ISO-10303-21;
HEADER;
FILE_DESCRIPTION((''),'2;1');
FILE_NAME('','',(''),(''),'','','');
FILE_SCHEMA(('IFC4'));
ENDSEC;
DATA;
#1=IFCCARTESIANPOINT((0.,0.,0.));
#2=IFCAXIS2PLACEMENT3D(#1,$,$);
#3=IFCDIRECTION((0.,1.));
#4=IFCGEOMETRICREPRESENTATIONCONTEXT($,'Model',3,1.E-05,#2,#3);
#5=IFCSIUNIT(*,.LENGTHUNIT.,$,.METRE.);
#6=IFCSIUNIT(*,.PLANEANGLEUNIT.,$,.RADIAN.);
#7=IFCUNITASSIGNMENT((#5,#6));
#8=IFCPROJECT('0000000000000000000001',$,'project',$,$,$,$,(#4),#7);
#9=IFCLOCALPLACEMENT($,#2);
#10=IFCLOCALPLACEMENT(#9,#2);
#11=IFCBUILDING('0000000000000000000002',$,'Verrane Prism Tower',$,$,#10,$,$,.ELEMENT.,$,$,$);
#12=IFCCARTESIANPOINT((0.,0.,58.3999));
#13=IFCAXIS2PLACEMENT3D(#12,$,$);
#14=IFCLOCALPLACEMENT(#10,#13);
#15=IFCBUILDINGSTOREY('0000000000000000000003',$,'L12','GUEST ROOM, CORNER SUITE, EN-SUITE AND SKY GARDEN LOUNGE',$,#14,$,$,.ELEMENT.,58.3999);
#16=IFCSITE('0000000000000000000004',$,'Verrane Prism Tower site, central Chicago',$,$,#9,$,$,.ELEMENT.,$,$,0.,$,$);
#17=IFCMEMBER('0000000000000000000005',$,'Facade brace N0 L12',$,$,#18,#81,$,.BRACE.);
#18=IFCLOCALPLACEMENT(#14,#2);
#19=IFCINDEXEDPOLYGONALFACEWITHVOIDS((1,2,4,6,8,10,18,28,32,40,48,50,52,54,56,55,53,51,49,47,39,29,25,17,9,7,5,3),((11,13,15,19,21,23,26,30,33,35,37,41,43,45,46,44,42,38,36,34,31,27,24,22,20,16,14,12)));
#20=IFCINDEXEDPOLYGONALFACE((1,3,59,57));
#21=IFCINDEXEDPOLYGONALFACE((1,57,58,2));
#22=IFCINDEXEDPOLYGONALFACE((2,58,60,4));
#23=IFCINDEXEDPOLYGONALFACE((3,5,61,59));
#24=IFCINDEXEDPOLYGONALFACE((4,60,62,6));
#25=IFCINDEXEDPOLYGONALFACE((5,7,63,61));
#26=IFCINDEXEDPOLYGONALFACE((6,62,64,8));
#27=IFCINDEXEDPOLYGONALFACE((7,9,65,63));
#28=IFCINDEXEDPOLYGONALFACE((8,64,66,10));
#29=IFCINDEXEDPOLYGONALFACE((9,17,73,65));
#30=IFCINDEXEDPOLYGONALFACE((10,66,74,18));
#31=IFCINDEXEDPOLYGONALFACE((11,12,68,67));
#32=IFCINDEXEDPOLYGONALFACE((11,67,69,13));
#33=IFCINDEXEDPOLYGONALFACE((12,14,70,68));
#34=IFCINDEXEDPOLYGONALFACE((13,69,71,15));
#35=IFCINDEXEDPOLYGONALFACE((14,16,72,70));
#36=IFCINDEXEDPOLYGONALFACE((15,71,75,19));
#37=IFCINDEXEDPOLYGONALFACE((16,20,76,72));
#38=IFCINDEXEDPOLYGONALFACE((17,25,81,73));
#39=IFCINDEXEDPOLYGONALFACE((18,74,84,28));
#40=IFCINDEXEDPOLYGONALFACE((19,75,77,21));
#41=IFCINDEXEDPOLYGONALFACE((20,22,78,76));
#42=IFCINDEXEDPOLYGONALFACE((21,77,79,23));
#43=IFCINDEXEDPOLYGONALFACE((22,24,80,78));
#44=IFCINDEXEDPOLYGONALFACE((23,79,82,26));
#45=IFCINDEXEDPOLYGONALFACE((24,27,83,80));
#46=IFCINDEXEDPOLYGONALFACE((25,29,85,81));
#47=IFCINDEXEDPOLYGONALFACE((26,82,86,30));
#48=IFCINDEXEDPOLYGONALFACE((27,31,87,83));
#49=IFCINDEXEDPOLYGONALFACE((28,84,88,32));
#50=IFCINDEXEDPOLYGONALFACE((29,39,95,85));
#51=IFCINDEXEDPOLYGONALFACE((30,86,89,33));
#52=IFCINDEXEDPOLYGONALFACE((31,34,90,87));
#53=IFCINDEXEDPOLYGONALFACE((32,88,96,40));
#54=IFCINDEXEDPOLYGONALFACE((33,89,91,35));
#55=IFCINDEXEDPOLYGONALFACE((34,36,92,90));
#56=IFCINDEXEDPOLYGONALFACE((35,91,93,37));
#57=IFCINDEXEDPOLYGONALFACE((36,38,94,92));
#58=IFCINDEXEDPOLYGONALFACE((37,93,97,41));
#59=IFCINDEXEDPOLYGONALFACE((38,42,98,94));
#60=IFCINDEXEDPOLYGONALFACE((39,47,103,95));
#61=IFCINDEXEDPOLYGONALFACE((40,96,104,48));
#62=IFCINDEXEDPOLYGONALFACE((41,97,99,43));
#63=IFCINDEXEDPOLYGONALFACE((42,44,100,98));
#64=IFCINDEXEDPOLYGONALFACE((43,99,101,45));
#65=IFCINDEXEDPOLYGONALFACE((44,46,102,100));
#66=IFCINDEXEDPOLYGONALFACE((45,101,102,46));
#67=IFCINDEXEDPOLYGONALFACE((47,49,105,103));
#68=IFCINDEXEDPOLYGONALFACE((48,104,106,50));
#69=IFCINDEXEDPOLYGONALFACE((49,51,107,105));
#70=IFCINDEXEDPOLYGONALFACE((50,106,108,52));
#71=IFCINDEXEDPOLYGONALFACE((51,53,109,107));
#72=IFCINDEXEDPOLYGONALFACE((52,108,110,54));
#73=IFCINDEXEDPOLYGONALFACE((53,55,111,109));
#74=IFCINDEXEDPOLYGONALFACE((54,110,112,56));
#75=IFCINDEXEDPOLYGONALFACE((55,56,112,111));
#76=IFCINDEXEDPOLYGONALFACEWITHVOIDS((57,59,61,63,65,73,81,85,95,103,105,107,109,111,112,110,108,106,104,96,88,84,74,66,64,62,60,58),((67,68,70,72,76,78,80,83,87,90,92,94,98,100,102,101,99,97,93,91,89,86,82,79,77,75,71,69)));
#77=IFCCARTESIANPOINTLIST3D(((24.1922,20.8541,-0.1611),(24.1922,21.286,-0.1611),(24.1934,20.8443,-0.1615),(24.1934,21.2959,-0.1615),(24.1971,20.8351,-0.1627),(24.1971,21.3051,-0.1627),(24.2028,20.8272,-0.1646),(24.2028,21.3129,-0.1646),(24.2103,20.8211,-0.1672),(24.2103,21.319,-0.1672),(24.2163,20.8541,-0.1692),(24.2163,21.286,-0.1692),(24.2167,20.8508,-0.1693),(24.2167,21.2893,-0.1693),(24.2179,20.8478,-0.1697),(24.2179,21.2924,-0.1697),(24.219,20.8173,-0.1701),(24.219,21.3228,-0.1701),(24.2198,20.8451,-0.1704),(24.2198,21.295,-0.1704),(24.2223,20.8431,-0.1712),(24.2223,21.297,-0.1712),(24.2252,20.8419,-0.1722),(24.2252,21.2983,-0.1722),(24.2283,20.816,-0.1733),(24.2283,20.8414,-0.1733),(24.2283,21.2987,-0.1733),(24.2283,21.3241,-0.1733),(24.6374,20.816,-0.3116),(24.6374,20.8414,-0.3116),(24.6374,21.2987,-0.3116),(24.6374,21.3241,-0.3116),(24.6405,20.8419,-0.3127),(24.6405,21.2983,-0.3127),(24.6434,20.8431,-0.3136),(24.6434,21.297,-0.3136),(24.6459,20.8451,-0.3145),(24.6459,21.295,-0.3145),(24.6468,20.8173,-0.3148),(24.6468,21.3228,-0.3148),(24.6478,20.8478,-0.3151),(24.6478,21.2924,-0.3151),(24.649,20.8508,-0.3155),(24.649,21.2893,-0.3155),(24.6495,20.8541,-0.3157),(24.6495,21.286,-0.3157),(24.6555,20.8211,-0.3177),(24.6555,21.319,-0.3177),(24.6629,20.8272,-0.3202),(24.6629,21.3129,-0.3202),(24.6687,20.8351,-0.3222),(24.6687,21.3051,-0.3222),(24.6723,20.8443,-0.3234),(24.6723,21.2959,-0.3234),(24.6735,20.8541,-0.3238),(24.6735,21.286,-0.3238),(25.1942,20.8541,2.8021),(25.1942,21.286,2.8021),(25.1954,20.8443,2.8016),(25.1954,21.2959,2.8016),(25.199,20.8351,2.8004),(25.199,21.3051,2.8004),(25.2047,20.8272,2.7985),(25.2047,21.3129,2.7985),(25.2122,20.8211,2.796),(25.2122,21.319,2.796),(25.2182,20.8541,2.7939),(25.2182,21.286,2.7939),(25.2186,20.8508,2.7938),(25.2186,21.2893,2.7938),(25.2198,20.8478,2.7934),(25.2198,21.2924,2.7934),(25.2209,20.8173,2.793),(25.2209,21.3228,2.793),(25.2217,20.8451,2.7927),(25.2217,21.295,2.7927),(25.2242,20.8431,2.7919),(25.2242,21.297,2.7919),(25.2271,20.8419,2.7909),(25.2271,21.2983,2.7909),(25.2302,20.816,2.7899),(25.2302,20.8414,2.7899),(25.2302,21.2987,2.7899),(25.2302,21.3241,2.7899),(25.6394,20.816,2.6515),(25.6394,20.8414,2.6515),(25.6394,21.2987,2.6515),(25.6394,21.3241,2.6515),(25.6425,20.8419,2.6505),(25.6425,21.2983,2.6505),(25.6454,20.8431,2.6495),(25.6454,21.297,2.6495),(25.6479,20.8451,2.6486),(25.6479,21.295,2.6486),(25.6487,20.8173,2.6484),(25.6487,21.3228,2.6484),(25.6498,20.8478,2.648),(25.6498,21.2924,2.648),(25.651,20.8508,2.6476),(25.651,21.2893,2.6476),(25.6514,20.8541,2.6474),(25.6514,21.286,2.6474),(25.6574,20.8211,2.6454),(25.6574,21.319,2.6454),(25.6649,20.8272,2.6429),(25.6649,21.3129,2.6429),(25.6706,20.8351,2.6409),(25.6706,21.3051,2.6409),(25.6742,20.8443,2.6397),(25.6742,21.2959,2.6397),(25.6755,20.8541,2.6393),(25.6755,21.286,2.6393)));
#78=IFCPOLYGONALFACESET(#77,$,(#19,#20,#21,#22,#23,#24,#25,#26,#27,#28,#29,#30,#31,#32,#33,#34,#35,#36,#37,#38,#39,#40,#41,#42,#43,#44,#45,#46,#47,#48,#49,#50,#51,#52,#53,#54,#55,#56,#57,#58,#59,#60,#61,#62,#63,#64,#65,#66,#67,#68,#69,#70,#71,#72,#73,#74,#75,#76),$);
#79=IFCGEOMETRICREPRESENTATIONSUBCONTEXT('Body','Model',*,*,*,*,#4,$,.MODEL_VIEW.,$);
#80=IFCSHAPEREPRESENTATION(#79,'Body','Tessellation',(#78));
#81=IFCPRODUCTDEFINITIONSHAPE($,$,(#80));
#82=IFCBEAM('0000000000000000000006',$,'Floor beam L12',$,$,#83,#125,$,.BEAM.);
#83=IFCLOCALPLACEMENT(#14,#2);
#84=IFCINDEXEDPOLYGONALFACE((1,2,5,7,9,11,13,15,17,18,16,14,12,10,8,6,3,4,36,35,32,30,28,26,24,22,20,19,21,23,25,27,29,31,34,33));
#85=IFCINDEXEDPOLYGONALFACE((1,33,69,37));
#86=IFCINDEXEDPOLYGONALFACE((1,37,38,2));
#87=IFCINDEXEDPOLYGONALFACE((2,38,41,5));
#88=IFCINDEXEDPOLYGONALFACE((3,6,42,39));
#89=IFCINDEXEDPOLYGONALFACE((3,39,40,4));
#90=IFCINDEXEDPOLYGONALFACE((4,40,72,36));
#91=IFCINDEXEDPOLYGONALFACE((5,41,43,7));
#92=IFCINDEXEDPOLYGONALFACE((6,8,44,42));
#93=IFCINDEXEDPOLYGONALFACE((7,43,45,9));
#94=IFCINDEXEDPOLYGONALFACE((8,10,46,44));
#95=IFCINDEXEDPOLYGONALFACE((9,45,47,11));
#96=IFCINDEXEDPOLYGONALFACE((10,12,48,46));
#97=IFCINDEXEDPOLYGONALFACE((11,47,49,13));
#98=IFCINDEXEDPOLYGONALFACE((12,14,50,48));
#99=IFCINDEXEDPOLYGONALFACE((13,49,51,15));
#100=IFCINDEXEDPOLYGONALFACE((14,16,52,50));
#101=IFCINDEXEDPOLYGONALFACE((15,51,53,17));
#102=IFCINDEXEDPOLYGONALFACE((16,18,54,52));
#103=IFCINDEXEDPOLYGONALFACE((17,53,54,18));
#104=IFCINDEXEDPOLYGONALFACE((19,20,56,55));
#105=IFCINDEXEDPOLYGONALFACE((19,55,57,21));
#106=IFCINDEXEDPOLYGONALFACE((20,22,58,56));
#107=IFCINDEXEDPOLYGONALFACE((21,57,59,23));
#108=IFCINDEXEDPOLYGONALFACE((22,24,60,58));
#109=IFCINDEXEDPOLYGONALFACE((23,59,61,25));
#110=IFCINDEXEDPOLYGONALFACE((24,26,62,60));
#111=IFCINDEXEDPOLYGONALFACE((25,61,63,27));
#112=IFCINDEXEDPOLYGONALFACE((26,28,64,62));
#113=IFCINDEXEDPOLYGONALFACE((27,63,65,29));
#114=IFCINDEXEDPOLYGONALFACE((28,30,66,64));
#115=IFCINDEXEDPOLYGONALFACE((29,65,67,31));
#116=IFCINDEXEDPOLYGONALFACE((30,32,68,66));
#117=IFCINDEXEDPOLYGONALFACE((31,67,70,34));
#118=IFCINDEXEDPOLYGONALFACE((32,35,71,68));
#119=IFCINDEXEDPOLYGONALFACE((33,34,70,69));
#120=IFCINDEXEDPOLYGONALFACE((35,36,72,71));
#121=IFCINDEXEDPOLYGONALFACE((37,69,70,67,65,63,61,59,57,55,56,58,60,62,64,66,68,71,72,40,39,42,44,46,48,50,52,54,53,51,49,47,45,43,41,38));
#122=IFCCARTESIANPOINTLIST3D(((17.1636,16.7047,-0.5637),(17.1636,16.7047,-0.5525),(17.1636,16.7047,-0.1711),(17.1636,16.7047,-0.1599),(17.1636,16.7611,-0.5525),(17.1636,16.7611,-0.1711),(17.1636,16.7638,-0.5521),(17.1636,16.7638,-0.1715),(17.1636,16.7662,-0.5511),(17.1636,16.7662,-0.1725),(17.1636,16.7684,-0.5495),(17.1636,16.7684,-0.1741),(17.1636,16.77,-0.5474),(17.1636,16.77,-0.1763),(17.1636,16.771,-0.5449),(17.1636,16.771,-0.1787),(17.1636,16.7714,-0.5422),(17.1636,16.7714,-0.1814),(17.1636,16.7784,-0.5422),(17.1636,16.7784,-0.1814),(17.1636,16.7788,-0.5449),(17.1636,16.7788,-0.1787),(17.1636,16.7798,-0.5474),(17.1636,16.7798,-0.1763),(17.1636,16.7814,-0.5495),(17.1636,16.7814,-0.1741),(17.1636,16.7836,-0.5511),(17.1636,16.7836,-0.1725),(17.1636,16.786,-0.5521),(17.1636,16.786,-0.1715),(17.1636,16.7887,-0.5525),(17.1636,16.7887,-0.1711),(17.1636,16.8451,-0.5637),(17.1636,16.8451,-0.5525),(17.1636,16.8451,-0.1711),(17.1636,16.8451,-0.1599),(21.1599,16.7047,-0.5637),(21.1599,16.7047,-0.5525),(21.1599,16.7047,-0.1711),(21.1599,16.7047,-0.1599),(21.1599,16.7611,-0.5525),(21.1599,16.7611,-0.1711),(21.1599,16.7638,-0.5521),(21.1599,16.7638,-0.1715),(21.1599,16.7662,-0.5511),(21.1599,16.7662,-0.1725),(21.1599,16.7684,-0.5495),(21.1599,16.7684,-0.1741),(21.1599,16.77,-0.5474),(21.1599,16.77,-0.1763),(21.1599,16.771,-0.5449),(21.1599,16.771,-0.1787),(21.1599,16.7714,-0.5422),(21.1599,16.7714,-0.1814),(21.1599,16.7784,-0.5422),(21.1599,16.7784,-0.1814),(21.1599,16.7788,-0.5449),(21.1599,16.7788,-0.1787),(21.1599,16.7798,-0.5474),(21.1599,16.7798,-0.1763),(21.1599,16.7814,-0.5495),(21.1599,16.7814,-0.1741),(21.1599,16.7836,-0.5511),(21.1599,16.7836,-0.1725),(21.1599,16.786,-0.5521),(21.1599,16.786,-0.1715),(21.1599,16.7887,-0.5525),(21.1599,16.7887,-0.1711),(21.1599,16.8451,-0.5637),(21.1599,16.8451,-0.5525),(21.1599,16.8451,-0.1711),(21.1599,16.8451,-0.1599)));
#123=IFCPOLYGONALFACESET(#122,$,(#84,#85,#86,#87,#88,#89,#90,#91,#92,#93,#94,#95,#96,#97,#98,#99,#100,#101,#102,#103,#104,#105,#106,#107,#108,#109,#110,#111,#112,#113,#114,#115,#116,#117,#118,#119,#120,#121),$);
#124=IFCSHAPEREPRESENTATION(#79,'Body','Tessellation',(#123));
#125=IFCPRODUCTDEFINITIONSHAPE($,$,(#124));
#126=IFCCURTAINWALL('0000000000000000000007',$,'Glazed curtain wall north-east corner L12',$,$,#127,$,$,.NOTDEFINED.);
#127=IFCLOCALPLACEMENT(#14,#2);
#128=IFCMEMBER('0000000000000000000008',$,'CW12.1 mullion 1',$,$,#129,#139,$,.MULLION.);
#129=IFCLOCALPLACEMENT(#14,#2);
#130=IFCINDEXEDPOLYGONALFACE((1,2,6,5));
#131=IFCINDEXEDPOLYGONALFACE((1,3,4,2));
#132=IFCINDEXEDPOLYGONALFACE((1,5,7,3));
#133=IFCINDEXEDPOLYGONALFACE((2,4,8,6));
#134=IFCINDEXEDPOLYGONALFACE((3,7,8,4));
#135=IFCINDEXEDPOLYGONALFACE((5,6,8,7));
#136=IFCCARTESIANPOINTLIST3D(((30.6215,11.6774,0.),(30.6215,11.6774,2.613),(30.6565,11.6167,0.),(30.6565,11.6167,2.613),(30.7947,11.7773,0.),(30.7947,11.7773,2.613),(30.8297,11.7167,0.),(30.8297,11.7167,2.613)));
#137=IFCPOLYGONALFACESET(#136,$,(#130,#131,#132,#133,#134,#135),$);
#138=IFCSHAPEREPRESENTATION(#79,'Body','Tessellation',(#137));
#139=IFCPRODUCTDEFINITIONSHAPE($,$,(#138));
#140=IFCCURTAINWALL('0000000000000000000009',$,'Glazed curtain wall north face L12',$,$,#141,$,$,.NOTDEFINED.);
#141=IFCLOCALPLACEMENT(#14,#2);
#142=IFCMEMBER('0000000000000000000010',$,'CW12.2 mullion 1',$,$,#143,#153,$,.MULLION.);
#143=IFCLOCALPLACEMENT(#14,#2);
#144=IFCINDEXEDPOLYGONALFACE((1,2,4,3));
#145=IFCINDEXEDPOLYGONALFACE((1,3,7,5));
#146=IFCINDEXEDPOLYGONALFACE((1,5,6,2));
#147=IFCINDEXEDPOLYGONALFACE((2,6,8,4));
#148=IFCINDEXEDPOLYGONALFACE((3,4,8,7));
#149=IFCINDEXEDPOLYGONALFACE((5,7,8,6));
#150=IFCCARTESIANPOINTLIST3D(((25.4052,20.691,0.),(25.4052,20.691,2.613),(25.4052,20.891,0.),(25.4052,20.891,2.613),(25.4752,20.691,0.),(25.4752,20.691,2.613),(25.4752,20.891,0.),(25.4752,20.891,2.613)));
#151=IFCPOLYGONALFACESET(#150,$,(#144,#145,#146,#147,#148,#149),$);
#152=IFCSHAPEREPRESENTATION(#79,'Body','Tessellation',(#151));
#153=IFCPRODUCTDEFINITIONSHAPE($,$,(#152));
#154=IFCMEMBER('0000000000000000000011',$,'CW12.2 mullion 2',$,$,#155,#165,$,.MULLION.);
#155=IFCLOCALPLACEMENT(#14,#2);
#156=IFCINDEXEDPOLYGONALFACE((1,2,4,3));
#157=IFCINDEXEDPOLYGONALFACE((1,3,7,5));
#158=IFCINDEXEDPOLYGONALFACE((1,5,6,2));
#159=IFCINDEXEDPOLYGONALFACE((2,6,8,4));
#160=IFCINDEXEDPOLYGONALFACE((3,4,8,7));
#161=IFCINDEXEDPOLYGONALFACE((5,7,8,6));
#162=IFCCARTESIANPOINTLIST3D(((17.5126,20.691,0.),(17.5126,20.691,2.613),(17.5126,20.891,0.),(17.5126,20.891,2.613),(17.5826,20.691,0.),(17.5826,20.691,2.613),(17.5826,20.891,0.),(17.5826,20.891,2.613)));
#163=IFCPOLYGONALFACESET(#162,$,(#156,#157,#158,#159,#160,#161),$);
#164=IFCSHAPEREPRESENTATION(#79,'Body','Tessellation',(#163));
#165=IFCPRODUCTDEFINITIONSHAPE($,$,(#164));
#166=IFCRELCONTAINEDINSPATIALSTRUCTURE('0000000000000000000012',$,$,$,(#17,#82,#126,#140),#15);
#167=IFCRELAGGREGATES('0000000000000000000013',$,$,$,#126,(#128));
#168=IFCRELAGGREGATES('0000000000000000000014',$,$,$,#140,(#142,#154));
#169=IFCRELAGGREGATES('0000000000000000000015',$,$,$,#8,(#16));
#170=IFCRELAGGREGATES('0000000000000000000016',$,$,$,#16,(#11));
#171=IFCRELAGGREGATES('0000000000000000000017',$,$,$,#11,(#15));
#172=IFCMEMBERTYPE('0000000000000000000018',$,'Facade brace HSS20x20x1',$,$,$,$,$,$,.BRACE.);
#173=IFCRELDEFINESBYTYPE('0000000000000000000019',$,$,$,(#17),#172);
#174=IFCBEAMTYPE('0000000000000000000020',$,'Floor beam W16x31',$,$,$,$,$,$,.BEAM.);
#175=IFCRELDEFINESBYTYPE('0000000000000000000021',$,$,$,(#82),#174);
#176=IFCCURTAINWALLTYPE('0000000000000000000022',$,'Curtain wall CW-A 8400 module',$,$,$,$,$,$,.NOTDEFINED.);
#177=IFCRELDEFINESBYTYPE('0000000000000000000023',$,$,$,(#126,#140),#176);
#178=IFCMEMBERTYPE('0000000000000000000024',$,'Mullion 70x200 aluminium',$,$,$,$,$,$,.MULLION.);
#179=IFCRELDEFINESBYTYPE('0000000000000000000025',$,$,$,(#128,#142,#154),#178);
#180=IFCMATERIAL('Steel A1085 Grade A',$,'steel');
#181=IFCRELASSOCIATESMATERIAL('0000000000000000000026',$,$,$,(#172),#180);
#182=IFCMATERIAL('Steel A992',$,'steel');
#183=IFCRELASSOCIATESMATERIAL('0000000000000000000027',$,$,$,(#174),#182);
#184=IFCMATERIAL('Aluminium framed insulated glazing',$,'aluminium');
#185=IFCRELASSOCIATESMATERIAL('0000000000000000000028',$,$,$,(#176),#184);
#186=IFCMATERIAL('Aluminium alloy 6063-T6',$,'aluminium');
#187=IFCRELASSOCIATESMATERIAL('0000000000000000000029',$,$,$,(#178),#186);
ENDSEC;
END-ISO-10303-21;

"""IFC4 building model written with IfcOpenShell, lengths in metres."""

from ifc_helpers import new_model, si_unit, direction, frame, origin, origin_2d, place, context, subcontext, project, spatial, rectangle, hollow_rectangle, i_section, extrude, material, material_profile, profile_set, type_object, element, aggregate, save


model = new_model("IFC4")

# Units and contexts
model_context = context("Model", 3, precision=1e-05, world=origin(), true_north=direction((0.0, 1.0)))
body_context = subcontext(model_context, "Body", "Model", "MODEL_VIEW")
ifc_project = project(units=[si_unit("LENGTHUNIT", "METRE"), si_unit("PLANEANGLEUNIT", "RADIAN")], contexts=[model_context])

# Site, building, storey
site_placement = place(None, origin())
site = spatial("IfcSite", under=ifc_project, at=site_placement, Name="Verrane Prism Tower site, central Chicago", CompositionType="ELEMENT", RefElevation=0.0)
building_placement = place(site_placement, origin())
building = spatial("IfcBuilding", under=site, at=building_placement, Name="Verrane Prism Tower", CompositionType="ELEMENT")
storey_placement = place(building_placement, frame((0.0, 0.0, 58.3999)))
storey = spatial("IfcBuildingStorey", under=building, at=storey_placement, Name="L12", Description="GUEST ROOM, CORNER SUITE, EN-SUITE AND SKY GARDEN LOUNGE", CompositionType="ELEMENT", Elevation=58.3999)

# Member
ifc_material_1 = material(Name="Steel A1085 Grade A", Category="steel")
ifc_material_profile_1 = material_profile(ifc_material_1, hollow_rectangle(XDim=0.5081, YDim=0.5081, WallThickness=0.0254, InnerFilletRadius=0.0127, OuterFilletRadius=0.0381, at=origin_2d()), Name="HSS20x20x1")
ifc_profile_set_1 = profile_set([ifc_material_profile_1], Name="Steel A1085 Grade A")
member_type_1 = type_object("IfcMemberType", Name="Facade brace HSS20x20x1", PredefinedType="BRACE", material=ifc_profile_set_1)
member_1_placement = place(storey_placement, frame((24.4329, 21.0701, -0.2424), z_axis=(0.320323, 0.0, 0.947309), x_axis=(0.0, 1.0, 0.0)))
element("IfcMember", 1, at=member_1_placement, inside=storey, type_object=member_type_1, Name="Facade brace N0 L12", PredefinedType="BRACE", context=body_context, shape_type="SweptSolid", body=[
    extrude(hollow_rectangle(XDim=0.5081, YDim=0.5081, WallThickness=0.0254, InnerFilletRadius=0.0127, OuterFilletRadius=0.0381, at=origin_2d()), origin(), (0.0, 0.0, 1.0), 3.1279),
])

# Beam
ifc_material_2 = material(Name="Steel A992", Category="steel")
ifc_material_profile_2 = material_profile(ifc_material_2, i_section(OverallWidth=0.1404, OverallDepth=0.4038, WebThickness=0.0071, FlangeThickness=0.0112, FilletRadius=0.0103, at=origin_2d()), Name="W16x31")
ifc_profile_set_2 = profile_set([ifc_material_profile_2], Name="Steel A992")
beam_type_1 = type_object("IfcBeamType", Name="Floor beam W16x31", PredefinedType="BEAM", material=ifc_profile_set_2)
beam_1_placement = place(storey_placement, frame((17.1636, 16.7749, -0.3618), z_axis=(1.0, 0.0, 0.0), x_axis=(0.0, 1.0, 0.0)))
element("IfcBeam", 2, at=beam_1_placement, inside=storey, type_object=beam_type_1, Name="Floor beam L12", PredefinedType="BEAM", context=body_context, shape_type="SweptSolid", body=[
    extrude(i_section(OverallWidth=0.1404, OverallDepth=0.4038, WebThickness=0.0071, FlangeThickness=0.0112, FilletRadius=0.0103, at=origin_2d()), origin(), (0.0, 0.0, 1.0), 3.9963),
])

# Curtain wall, member
ifc_material_3 = material(Name="Aluminium framed insulated glazing", Category="aluminium")
curtain_wall_type = type_object("IfcCurtainWallType", Name="Curtain wall CW-A 8400 module", PredefinedType="NOTDEFINED", material=ifc_material_3)
curtain_wall_1_placement = place(storey_placement, origin())
curtain_wall_1 = element("IfcCurtainWall", 3, at=curtain_wall_1_placement, inside=storey, type_object=curtain_wall_type, Name="Glazed curtain wall north-east corner L12", PredefinedType="NOTDEFINED")
ifc_material_4 = material(Name="Aluminium alloy 6063-T6", Category="aluminium")
ifc_material_profile_3 = material_profile(ifc_material_4, rectangle(XDim=0.2, YDim=0.0701, at=origin_2d()), Name="Mullion 70x200 aluminium")
ifc_profile_set_3 = profile_set([ifc_material_profile_3], Name="Aluminium alloy 6063-T6")
member_type_2 = type_object("IfcMemberType", Name="Mullion 70x200 aluminium", PredefinedType="MULLION", material=ifc_profile_set_3)
member_2_placement = place(storey_placement, frame((30.7256, 11.697, 0.0), z_axis=(0.0, 0.0, 1.0), x_axis=(-0.866026, -0.499999, 0.0)))
member_2 = element("IfcMember", 4, at=member_2_placement, type_object=member_type_2, Name="CW12.1 mullion 1", PredefinedType="MULLION", context=body_context, shape_type="SweptSolid", body=[
    extrude(rectangle(XDim=0.2, YDim=0.0701, at=origin_2d()), origin(), (0.0, 0.0, 1.0), 2.613),
])

# Curtain wall, members
curtain_wall_2_placement = place(storey_placement, origin())
curtain_wall_2 = element("IfcCurtainWall", 5, at=curtain_wall_2_placement, inside=storey, type_object=curtain_wall_type, Name="Glazed curtain wall north face L12", PredefinedType="NOTDEFINED")
member_3_placement = place(storey_placement, frame((25.4402, 20.791, 0.0), z_axis=(0.0, 0.0, 1.0), x_axis=(0.0, -1.0, 0.0)))
member_3 = element("IfcMember", 6, at=member_3_placement, type_object=member_type_2, Name="CW12.2 mullion 1", PredefinedType="MULLION", context=body_context, shape_type="SweptSolid", body=[
    extrude(rectangle(XDim=0.2, YDim=0.0701, at=origin_2d()), origin(), (0.0, 0.0, 1.0), 2.613),
])
member_4_placement = place(storey_placement, frame((17.5476, 20.791, 0.0), z_axis=(0.0, 0.0, 1.0), x_axis=(0.0, -1.0, 0.0)))
member_4 = element("IfcMember", 7, at=member_4_placement, type_object=member_type_2, Name="CW12.2 mullion 2", PredefinedType="MULLION", context=body_context, shape_type="SweptSolid", body=[
    extrude(rectangle(XDim=0.2, YDim=0.0701, at=origin_2d()), origin(), (0.0, 0.0, 1.0), 2.613),
])

aggregate(curtain_wall_1, [member_2])
aggregate(curtain_wall_2, [member_3, member_4])

save(model, "model.ifc")
